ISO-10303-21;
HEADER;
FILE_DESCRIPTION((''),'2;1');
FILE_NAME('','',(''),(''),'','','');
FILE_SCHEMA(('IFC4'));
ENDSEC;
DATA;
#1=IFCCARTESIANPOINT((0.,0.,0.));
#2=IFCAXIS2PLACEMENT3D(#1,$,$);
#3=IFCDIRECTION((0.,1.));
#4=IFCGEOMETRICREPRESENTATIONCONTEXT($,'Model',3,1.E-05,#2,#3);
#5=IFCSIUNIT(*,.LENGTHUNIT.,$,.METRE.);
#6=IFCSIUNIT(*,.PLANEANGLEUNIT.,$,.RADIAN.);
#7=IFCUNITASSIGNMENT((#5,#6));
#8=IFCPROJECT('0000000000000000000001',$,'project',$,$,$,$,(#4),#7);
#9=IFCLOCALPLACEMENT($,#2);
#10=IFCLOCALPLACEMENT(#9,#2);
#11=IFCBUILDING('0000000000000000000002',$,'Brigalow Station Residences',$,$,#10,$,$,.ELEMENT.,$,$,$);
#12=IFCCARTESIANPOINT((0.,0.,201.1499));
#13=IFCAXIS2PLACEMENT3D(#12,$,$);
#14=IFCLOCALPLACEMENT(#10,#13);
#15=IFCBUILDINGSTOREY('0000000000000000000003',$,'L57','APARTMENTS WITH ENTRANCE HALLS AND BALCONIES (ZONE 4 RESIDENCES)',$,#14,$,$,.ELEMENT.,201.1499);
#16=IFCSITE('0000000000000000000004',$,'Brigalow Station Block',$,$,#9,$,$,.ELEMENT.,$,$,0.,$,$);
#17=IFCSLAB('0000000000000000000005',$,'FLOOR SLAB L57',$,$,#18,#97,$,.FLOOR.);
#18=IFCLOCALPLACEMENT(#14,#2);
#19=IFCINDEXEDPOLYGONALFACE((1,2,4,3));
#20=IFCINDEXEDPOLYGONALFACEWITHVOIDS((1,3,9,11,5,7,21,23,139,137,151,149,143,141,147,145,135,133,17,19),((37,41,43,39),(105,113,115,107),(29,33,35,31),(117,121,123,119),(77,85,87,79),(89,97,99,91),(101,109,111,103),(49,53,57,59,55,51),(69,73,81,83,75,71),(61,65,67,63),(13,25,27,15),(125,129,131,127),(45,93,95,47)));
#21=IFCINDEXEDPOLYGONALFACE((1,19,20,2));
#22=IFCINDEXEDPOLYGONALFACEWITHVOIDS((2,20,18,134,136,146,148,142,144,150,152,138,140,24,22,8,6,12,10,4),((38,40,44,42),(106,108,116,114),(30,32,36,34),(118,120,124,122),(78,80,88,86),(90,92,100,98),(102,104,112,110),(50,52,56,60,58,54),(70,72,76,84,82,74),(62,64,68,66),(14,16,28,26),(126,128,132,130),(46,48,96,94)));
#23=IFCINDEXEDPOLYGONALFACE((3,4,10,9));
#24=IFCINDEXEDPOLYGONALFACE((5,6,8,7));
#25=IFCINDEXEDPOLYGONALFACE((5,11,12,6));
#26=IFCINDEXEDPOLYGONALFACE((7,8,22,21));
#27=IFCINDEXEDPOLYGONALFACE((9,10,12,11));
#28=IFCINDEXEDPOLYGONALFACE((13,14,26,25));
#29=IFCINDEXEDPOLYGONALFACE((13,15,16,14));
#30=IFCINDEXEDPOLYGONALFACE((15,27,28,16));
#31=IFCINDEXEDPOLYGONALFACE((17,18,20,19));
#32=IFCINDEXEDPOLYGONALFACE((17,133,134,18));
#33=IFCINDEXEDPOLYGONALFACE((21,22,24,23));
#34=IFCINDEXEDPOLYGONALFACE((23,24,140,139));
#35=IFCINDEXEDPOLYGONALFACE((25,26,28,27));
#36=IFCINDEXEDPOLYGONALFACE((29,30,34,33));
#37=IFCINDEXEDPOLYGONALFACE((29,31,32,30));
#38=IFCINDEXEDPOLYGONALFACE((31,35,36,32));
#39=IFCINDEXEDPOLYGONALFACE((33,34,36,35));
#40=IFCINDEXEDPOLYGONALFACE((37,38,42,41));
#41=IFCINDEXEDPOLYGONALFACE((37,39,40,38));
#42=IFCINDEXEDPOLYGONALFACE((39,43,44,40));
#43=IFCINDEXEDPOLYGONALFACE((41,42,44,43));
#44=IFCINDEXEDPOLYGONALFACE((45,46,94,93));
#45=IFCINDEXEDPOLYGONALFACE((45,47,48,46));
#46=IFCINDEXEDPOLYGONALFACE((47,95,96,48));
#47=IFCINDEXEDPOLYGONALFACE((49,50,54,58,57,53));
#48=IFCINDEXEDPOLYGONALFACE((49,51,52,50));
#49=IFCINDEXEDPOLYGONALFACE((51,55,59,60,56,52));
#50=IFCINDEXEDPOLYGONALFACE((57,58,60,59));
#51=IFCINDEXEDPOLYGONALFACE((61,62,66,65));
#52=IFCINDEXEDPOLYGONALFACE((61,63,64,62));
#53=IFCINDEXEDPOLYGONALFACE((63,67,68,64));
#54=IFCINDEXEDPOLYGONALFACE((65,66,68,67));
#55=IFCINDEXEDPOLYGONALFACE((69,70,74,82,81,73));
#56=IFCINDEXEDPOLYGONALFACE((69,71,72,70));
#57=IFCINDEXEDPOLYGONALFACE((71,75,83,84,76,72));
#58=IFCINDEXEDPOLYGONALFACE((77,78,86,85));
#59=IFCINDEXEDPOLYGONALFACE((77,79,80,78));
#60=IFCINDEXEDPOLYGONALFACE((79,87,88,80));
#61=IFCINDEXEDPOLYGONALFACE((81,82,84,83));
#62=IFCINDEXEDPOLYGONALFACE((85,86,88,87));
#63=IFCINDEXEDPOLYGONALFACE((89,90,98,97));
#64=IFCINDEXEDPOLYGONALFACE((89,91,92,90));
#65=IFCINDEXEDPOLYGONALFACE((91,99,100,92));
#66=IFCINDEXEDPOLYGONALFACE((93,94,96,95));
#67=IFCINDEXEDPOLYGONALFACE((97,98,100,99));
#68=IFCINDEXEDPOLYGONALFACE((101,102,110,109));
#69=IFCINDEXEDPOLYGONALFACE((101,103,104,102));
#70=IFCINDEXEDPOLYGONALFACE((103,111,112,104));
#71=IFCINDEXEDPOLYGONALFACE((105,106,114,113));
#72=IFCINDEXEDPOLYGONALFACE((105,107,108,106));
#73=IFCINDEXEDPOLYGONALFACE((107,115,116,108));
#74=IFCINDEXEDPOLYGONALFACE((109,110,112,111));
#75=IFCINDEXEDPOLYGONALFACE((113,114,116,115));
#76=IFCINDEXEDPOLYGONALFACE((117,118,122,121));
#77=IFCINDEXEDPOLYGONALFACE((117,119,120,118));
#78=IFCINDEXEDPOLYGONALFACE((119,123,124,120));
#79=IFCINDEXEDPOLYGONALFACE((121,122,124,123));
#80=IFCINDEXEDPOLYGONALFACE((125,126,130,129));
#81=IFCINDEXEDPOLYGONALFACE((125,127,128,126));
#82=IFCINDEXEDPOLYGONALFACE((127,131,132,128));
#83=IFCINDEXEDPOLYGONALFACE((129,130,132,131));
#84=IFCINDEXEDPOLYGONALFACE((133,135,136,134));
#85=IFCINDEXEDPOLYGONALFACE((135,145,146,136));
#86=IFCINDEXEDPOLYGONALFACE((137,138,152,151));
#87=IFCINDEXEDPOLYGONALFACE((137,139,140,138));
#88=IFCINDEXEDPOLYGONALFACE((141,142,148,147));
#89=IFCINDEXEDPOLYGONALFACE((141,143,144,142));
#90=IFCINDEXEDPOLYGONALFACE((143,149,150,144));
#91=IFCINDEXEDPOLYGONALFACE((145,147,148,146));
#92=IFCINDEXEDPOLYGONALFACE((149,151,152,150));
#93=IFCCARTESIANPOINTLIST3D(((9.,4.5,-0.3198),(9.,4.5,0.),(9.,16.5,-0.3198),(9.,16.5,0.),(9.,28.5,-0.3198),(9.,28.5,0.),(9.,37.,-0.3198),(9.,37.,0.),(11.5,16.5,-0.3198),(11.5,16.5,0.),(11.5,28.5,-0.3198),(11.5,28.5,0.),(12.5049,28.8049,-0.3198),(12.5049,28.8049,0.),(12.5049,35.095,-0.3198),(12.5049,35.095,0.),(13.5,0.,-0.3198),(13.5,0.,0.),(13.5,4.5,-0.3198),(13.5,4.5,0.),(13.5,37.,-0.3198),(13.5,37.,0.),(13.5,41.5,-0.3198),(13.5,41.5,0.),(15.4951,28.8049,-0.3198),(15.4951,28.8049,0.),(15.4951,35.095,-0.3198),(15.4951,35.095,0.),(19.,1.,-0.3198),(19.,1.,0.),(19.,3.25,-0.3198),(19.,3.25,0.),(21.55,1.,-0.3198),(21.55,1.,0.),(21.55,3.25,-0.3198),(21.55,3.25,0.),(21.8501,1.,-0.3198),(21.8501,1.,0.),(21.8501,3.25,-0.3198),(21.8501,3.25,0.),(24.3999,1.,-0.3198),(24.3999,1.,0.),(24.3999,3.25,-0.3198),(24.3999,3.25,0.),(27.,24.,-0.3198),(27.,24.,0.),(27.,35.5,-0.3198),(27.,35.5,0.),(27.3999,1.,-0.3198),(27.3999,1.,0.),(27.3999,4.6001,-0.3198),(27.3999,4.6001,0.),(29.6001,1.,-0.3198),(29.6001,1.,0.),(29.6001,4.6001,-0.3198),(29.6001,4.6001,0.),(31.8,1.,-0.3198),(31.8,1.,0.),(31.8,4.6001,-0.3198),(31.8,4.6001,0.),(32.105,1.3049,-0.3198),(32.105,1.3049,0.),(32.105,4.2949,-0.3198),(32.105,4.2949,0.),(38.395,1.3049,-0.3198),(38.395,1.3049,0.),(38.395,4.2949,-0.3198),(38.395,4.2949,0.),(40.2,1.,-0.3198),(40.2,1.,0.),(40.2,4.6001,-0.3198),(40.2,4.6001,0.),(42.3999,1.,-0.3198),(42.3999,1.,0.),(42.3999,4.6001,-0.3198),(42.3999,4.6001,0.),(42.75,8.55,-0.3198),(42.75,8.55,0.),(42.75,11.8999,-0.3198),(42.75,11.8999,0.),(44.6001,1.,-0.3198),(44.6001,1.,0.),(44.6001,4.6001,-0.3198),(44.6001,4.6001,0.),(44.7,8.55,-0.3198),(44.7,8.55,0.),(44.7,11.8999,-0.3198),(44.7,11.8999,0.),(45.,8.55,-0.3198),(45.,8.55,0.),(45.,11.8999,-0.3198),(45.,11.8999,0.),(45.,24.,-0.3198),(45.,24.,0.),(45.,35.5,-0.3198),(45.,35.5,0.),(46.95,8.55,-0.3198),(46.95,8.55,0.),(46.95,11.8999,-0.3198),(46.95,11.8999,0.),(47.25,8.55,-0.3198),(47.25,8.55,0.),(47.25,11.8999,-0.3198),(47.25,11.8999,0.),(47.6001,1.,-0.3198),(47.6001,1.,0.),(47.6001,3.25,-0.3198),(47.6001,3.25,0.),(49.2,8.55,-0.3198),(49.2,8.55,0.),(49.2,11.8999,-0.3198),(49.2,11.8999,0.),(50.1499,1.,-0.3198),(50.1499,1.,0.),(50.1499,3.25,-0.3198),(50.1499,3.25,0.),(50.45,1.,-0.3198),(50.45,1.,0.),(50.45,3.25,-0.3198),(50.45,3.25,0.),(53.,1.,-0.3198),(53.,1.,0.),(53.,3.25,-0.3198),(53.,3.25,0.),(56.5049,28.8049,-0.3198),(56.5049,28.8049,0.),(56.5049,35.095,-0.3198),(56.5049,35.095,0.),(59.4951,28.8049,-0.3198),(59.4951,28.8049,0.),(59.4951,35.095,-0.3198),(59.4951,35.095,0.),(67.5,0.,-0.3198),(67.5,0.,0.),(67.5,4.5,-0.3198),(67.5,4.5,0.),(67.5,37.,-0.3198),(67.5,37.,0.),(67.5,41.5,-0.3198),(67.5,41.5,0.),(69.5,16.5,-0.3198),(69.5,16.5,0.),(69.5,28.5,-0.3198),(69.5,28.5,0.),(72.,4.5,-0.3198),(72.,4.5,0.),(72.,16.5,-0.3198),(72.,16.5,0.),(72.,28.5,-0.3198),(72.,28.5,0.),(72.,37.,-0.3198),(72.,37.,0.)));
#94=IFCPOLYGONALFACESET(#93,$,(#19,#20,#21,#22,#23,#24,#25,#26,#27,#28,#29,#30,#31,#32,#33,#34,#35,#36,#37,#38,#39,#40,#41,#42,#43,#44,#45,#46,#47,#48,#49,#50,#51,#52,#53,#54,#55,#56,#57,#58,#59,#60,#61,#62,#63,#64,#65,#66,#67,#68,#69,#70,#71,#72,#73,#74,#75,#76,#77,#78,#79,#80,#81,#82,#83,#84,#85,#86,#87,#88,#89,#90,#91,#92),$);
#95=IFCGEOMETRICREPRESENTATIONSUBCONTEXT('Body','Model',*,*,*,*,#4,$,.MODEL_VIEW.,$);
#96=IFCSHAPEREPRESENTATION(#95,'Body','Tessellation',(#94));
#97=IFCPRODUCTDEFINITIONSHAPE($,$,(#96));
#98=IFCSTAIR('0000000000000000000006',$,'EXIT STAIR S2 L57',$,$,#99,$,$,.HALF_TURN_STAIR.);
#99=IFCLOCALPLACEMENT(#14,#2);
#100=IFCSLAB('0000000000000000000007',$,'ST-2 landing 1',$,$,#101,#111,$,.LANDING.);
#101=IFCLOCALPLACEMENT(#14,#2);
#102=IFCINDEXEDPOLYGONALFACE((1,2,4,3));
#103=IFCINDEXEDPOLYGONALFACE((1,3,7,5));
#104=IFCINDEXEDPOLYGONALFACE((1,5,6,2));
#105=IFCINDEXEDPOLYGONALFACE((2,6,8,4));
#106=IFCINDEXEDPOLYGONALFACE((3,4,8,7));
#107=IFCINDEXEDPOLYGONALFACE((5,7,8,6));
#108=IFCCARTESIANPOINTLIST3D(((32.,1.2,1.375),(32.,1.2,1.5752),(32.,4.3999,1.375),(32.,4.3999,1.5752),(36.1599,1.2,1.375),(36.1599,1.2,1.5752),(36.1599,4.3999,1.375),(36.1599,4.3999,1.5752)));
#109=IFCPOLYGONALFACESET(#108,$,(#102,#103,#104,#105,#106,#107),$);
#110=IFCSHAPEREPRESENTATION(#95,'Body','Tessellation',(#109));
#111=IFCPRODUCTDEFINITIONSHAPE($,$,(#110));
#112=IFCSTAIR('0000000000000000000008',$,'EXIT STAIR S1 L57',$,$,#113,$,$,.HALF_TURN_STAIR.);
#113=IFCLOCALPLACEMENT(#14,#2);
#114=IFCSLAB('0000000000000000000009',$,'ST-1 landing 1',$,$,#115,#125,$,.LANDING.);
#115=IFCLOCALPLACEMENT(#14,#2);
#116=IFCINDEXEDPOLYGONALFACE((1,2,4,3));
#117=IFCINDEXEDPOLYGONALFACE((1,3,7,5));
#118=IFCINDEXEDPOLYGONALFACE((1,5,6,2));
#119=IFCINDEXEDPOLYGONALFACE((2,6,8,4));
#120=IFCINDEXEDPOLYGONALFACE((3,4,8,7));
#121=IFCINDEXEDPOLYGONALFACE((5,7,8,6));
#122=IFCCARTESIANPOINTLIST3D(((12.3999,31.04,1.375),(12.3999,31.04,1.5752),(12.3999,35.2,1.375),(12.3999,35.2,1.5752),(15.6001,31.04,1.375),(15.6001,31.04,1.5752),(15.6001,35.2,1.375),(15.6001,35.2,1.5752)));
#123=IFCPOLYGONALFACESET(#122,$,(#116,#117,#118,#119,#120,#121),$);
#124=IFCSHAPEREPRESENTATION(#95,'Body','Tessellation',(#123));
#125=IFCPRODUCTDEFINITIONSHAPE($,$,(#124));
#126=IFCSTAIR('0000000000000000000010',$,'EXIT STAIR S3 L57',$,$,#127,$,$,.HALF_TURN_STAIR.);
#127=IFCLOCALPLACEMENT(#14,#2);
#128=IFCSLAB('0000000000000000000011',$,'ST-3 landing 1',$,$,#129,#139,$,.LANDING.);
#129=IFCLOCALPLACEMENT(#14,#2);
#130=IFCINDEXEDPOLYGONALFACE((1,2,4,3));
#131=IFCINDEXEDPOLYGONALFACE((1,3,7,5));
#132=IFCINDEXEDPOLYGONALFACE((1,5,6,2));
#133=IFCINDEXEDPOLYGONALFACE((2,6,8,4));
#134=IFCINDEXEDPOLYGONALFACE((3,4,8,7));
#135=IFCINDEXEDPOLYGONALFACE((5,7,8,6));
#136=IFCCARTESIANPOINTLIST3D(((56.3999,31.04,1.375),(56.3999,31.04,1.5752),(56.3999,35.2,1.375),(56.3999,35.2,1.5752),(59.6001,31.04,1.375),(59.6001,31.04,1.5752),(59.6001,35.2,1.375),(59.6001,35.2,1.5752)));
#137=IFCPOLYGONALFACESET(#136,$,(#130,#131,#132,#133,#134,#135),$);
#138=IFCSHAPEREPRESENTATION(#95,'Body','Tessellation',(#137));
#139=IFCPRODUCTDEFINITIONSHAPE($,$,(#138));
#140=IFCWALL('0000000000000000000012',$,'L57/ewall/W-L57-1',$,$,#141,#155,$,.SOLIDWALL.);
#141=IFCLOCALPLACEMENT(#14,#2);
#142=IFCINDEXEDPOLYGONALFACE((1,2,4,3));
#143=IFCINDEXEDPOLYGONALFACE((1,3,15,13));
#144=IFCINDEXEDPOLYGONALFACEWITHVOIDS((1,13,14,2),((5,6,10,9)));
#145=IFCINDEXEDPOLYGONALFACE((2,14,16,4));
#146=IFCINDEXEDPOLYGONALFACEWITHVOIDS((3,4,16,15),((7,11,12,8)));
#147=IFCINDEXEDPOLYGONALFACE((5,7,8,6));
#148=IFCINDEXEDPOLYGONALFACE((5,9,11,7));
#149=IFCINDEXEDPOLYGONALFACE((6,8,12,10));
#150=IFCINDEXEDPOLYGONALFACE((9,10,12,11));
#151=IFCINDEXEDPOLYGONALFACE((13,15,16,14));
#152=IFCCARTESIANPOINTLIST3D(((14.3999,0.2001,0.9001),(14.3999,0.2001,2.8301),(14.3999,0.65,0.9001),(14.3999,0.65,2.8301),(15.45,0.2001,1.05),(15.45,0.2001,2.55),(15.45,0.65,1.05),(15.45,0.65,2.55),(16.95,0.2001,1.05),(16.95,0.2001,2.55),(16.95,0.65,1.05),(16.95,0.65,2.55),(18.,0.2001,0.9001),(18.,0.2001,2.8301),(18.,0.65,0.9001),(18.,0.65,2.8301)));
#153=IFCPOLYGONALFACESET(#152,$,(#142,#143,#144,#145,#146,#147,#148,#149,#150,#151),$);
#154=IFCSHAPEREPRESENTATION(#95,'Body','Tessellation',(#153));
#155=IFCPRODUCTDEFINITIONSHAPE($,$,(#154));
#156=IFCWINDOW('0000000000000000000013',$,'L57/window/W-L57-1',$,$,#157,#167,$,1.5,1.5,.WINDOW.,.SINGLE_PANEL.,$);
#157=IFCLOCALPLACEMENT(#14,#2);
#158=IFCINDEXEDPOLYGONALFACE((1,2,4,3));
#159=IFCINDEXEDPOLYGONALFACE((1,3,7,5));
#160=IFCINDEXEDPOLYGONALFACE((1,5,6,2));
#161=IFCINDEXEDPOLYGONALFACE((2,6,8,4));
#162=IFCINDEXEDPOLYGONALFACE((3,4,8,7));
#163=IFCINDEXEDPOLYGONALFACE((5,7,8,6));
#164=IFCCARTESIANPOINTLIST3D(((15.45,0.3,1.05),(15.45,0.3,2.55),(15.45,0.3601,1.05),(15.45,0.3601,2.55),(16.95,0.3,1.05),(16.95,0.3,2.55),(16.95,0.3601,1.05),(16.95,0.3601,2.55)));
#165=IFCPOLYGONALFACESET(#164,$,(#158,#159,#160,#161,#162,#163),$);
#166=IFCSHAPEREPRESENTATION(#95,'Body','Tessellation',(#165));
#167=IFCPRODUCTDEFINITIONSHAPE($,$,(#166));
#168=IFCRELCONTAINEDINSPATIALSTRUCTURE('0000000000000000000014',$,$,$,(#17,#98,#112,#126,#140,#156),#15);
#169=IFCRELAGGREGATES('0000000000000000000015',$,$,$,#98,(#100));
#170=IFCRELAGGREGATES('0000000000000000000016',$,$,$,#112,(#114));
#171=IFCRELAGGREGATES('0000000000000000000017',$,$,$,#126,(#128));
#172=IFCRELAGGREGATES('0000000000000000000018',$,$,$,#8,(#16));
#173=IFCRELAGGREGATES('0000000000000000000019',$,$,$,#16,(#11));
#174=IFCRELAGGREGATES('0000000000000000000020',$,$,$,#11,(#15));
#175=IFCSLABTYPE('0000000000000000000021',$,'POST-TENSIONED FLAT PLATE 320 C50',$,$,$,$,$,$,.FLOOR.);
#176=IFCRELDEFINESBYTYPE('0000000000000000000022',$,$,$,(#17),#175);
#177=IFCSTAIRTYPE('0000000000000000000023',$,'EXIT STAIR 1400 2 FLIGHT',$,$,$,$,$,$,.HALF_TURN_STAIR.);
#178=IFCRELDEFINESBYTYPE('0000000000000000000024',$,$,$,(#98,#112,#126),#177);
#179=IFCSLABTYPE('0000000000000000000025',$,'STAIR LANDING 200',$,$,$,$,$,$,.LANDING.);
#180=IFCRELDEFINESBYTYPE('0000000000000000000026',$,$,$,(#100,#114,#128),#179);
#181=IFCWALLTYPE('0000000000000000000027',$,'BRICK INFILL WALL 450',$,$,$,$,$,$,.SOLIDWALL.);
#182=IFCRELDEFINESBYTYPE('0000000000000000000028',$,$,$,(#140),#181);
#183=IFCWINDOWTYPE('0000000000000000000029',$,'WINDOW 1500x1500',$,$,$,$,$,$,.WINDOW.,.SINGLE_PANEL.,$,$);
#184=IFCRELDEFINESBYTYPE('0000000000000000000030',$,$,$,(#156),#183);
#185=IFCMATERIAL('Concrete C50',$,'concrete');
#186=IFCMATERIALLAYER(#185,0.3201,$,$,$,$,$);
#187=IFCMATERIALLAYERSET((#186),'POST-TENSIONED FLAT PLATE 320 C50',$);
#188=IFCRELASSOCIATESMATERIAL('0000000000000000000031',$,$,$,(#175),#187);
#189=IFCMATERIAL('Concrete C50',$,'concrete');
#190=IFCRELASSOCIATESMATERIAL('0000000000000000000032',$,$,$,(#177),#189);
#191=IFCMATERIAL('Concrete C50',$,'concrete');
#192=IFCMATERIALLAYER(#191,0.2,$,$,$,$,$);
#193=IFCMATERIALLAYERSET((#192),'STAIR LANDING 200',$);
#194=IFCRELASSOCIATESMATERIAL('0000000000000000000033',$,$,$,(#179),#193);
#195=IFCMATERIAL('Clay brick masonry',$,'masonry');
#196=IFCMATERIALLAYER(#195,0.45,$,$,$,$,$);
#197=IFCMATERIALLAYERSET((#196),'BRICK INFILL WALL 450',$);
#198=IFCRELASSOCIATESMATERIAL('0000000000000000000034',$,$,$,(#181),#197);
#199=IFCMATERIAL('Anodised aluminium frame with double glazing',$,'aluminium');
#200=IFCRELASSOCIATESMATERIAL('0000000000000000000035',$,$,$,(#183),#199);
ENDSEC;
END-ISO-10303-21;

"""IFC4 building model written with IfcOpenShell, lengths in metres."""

from ifc_helpers import new_model, si_unit, direction, frame, frame_2d, origin, place, context, subcontext, project, spatial, polyline, rectangle, outline, extrude, material, layer, layer_set, type_object, element, fill, aggregate, save


model = new_model("IFC4")

# Units and contexts
model_context = context("Model", 3, precision=1e-05, world=origin(), true_north=direction((0.0, 1.0)))
body_context = subcontext(model_context, "Body", "Model", "MODEL_VIEW")
ifc_project = project(units=[si_unit("LENGTHUNIT", "METRE"), si_unit("PLANEANGLEUNIT", "RADIAN")], contexts=[model_context])

# Site, building, storey
site_placement = place(None, origin())
site = spatial("IfcSite", under=ifc_project, at=site_placement, Name="Brigalow Station Block", CompositionType="ELEMENT", RefElevation=0.0)
building_placement = place(site_placement, origin())
building = spatial("IfcBuilding", under=site, at=building_placement, Name="Brigalow Station Residences", CompositionType="ELEMENT")
storey_placement = place(building_placement, frame((0.0, 0.0, 201.1499)))
storey = spatial("IfcBuildingStorey", under=building, at=storey_placement, Name="L57", Description="APARTMENTS WITH ENTRANCE HALLS AND BALCONIES (ZONE 4 RESIDENCES)", CompositionType="ELEMENT", Elevation=201.1499)

# Slab
ifc_material_1 = material(Name="Concrete C50", Category="concrete")
ifc_layer_1 = layer(ifc_material_1, 0.3201)
ifc_layer_set_1 = layer_set([ifc_layer_1], Name="POST-TENSIONED FLAT PLATE 320 C50")
slab_type_1 = type_object("IfcSlabType", Name="POST-TENSIONED FLAT PLATE 320 C50", PredefinedType="FLOOR", material=ifc_layer_set_1)
slab_1_placement = place(storey_placement, frame((0.0, 0.0, -0.3198)))
element("IfcSlab", 1, at=slab_1_placement, inside=storey, type_object=slab_type_1, Name="FLOOR SLAB L57", PredefinedType="FLOOR", context=body_context, shape_type="SweptSolid", body=[
    extrude(outline(polyline([(13.5, 0.0), (67.5, 0.0), (67.5, 4.5), (72.0, 4.5), (72.0, 16.5), (69.5, 16.5), (69.5, 28.5), (72.0, 28.5), (72.0, 37.0), (67.5, 37.0), (67.5, 41.5), (13.5, 41.5), (13.5, 37.0), (9.0, 37.0), (9.0, 28.5), (11.5, 28.5), (11.5, 16.5), (9.0, 16.5), (9.0, 4.5), (13.5, 4.5), (13.5, 0.0)]), holes=[polyline([(12.5049, 35.095), (15.4951, 35.095), (15.4951, 28.8049), (12.5049, 28.8049), (12.5049, 35.095)]), polyline([(19.0, 1.0), (19.0, 3.25), (21.55, 3.25), (21.55, 1.0), (19.0, 1.0)]), polyline([(21.8501, 3.25), (24.3999, 3.25), (24.3999, 1.0), (21.8501, 1.0), (21.8501, 3.25)]), polyline([(27.0, 35.5), (45.0, 35.5), (45.0, 24.0), (27.0, 24.0), (27.0, 35.5)]), polyline([(29.6001, 4.6001), (31.8, 4.6001), (31.8, 1.0), (29.6001, 1.0), (27.3999, 1.0), (27.3999, 4.6001), (29.6001, 4.6001)]), polyline([(32.105, 4.2949), (38.395, 4.2949), (38.395, 1.3049), (32.105, 1.3049), (32.105, 4.2949)]), polyline([(40.2, 4.6001), (42.3999, 4.6001), (44.6001, 4.6001), (44.6001, 1.0), (42.3999, 1.0), (40.2, 1.0), (40.2, 4.6001)]), polyline([(42.75, 11.8999), (44.7, 11.8999), (44.7, 8.55), (42.75, 8.55), (42.75, 11.8999)]), polyline([(45.0, 11.8999), (46.95, 11.8999), (46.95, 8.55), (45.0, 8.55), (45.0, 11.8999)]), polyline([(47.25, 11.8999), (49.2, 11.8999), (49.2, 8.55), (47.25, 8.55), (47.25, 11.8999)]), polyline([(47.6001, 3.25), (50.1499, 3.25), (50.1499, 1.0), (47.6001, 1.0), (47.6001, 3.25)]), polyline([(50.45, 3.25), (53.0, 3.25), (53.0, 1.0), (50.45, 1.0), (50.45, 3.25)]), polyline([(56.5049, 35.095), (59.4951, 35.095), (59.4951, 28.8049), (56.5049, 28.8049), (56.5049, 35.095)])]), origin(), (0.0, 0.0, 1.0), 0.3198),
])

# Stairs, slabs
ifc_material_2 = material(Name="Concrete C50", Category="concrete")
stair_type = type_object("IfcStairType", Name="EXIT STAIR 1400 2 FLIGHT", PredefinedType="HALF_TURN_STAIR", material=ifc_material_2)
stair_1_placement = place(storey_placement, origin())
stair_1 = element("IfcStair", 2, at=stair_1_placement, inside=storey, type_object=stair_type, Name="EXIT STAIR S2 L57", PredefinedType="HALF_TURN_STAIR")
ifc_material_3 = material(Name="Concrete C50", Category="concrete")
ifc_layer_2 = layer(ifc_material_3, 0.2)
ifc_layer_set_2 = layer_set([ifc_layer_2], Name="STAIR LANDING 200")
slab_type_2 = type_object("IfcSlabType", Name="STAIR LANDING 200", PredefinedType="LANDING", material=ifc_layer_set_2)
slab_2_placement = place(storey_placement, frame((0.0, 0.0, 1.375)))
slab_2 = element("IfcSlab", 3, at=slab_2_placement, type_object=slab_type_2, Name="ST-2 landing 1", PredefinedType="LANDING", context=body_context, shape_type="SweptSolid", body=[
    extrude(outline(polyline([(32.0, 1.2), (36.1599, 1.2), (36.1599, 4.3999), (32.0, 4.3999), (32.0, 1.2)])), origin(), (0.0, 0.0, 1.0), 0.2002),
])
aggregate(stair_1, [slab_2])
stair_2_placement = place(storey_placement, origin())
stair_2 = element("IfcStair", 4, at=stair_2_placement, inside=storey, type_object=stair_type, Name="EXIT STAIR S1 L57", PredefinedType="HALF_TURN_STAIR")
slab_3_placement = place(storey_placement, frame((0.0, 0.0, 1.375)))
slab_3 = element("IfcSlab", 5, at=slab_3_placement, type_object=slab_type_2, Name="ST-1 landing 1", PredefinedType="LANDING", context=body_context, shape_type="SweptSolid", body=[
    extrude(outline(polyline([(12.3999, 31.04), (15.6001, 31.04), (15.6001, 35.2), (12.3999, 35.2), (12.3999, 31.04)])), origin(), (0.0, 0.0, 1.0), 0.2002),
])
aggregate(stair_2, [slab_3])
stair_3_placement = place(storey_placement, origin())
stair_3 = element("IfcStair", 6, at=stair_3_placement, inside=storey, type_object=stair_type, Name="EXIT STAIR S3 L57", PredefinedType="HALF_TURN_STAIR")
slab_4_placement = place(storey_placement, frame((0.0, 0.0, 1.375)))
slab_4 = element("IfcSlab", 7, at=slab_4_placement, type_object=slab_type_2, Name="ST-3 landing 1", PredefinedType="LANDING", context=body_context, shape_type="SweptSolid", body=[
    extrude(outline(polyline([(56.3999, 31.04), (59.6001, 31.04), (59.6001, 35.2), (56.3999, 35.2), (56.3999, 31.04)])), origin(), (0.0, 0.0, 1.0), 0.2002),
])
aggregate(stair_3, [slab_4])

# Wall, opening, window
ifc_material_4 = material(Name="Clay brick masonry", Category="masonry")
ifc_layer_3 = layer(ifc_material_4, 0.45)
ifc_layer_set_3 = layer_set([ifc_layer_3], Name="BRICK INFILL WALL 450")
wall_type_1 = type_object("IfcWallType", Name="BRICK INFILL WALL 450", PredefinedType="SOLIDWALL", material=ifc_layer_set_3)
wall_1_placement = place(storey_placement, frame((14.3999, 0.425, 0.9001), z_axis=(0.0, 0.0, 1.0), x_axis=(1.0, 0.0, 0.0)))
wall_1 = element("IfcWall", 8, at=wall_1_placement, inside=storey, type_object=wall_type_1, Name="L57/ewall/W-L57-1", PredefinedType="SOLIDWALL", context=body_context, shape_type="SweptSolid", body=[
    extrude(rectangle(XDim=3.6001, YDim=0.45, at=frame_2d((1.8, 0.0))), origin(), (0.0, 0.0, 1.0), 1.9299),
])
opening_1_placement = place(wall_1_placement, frame((1.05, 0.0, 0.1499)))
opening_1 = element("IfcOpeningElement", 9, at=opening_1_placement, cuts=wall_1, PredefinedType="OPENING", context=body_context, shape_type="SweptSolid", body=[
    extrude(rectangle(XDim=1.5, YDim=1.5, at=frame_2d((0.75, 0.75))), frame((0.0, 0.2349, 0.0), z_axis=(0.0, -1.0, 0.0), x_axis=(1.0, 0.0, 0.0)), (0.0, 0.0, 1.0), 0.47),
])
ifc_material_5 = material(Name="Anodised aluminium frame with double glazing", Category="aluminium")
window_type_1 = type_object("IfcWindowType", Name="WINDOW 1500x1500", PartitioningType="SINGLE_PANEL", PredefinedType="WINDOW", material=ifc_material_5)
window_1_placement = place(opening_1_placement, origin())
window_1 = element("IfcWindow", 10, at=window_1_placement, inside=storey, type_object=window_type_1, Name="L57/window/W-L57-1", OverallHeight=1.5, OverallWidth=1.5, PartitioningType="SINGLE_PANEL", PredefinedType="WINDOW", context=body_context, shape_type="SweptSolid", body=[
    extrude(rectangle(XDim=1.5, YDim=1.5, at=frame_2d((0.75, 0.75))), frame((0.0, -0.0649, 0.0), z_axis=(0.0, -1.0, 0.0), x_axis=(1.0, 0.0, 0.0)), (0.0, 0.0, 1.0), 0.0601),
])
fill(opening_1, window_1)

save(model, "model.ifc")
